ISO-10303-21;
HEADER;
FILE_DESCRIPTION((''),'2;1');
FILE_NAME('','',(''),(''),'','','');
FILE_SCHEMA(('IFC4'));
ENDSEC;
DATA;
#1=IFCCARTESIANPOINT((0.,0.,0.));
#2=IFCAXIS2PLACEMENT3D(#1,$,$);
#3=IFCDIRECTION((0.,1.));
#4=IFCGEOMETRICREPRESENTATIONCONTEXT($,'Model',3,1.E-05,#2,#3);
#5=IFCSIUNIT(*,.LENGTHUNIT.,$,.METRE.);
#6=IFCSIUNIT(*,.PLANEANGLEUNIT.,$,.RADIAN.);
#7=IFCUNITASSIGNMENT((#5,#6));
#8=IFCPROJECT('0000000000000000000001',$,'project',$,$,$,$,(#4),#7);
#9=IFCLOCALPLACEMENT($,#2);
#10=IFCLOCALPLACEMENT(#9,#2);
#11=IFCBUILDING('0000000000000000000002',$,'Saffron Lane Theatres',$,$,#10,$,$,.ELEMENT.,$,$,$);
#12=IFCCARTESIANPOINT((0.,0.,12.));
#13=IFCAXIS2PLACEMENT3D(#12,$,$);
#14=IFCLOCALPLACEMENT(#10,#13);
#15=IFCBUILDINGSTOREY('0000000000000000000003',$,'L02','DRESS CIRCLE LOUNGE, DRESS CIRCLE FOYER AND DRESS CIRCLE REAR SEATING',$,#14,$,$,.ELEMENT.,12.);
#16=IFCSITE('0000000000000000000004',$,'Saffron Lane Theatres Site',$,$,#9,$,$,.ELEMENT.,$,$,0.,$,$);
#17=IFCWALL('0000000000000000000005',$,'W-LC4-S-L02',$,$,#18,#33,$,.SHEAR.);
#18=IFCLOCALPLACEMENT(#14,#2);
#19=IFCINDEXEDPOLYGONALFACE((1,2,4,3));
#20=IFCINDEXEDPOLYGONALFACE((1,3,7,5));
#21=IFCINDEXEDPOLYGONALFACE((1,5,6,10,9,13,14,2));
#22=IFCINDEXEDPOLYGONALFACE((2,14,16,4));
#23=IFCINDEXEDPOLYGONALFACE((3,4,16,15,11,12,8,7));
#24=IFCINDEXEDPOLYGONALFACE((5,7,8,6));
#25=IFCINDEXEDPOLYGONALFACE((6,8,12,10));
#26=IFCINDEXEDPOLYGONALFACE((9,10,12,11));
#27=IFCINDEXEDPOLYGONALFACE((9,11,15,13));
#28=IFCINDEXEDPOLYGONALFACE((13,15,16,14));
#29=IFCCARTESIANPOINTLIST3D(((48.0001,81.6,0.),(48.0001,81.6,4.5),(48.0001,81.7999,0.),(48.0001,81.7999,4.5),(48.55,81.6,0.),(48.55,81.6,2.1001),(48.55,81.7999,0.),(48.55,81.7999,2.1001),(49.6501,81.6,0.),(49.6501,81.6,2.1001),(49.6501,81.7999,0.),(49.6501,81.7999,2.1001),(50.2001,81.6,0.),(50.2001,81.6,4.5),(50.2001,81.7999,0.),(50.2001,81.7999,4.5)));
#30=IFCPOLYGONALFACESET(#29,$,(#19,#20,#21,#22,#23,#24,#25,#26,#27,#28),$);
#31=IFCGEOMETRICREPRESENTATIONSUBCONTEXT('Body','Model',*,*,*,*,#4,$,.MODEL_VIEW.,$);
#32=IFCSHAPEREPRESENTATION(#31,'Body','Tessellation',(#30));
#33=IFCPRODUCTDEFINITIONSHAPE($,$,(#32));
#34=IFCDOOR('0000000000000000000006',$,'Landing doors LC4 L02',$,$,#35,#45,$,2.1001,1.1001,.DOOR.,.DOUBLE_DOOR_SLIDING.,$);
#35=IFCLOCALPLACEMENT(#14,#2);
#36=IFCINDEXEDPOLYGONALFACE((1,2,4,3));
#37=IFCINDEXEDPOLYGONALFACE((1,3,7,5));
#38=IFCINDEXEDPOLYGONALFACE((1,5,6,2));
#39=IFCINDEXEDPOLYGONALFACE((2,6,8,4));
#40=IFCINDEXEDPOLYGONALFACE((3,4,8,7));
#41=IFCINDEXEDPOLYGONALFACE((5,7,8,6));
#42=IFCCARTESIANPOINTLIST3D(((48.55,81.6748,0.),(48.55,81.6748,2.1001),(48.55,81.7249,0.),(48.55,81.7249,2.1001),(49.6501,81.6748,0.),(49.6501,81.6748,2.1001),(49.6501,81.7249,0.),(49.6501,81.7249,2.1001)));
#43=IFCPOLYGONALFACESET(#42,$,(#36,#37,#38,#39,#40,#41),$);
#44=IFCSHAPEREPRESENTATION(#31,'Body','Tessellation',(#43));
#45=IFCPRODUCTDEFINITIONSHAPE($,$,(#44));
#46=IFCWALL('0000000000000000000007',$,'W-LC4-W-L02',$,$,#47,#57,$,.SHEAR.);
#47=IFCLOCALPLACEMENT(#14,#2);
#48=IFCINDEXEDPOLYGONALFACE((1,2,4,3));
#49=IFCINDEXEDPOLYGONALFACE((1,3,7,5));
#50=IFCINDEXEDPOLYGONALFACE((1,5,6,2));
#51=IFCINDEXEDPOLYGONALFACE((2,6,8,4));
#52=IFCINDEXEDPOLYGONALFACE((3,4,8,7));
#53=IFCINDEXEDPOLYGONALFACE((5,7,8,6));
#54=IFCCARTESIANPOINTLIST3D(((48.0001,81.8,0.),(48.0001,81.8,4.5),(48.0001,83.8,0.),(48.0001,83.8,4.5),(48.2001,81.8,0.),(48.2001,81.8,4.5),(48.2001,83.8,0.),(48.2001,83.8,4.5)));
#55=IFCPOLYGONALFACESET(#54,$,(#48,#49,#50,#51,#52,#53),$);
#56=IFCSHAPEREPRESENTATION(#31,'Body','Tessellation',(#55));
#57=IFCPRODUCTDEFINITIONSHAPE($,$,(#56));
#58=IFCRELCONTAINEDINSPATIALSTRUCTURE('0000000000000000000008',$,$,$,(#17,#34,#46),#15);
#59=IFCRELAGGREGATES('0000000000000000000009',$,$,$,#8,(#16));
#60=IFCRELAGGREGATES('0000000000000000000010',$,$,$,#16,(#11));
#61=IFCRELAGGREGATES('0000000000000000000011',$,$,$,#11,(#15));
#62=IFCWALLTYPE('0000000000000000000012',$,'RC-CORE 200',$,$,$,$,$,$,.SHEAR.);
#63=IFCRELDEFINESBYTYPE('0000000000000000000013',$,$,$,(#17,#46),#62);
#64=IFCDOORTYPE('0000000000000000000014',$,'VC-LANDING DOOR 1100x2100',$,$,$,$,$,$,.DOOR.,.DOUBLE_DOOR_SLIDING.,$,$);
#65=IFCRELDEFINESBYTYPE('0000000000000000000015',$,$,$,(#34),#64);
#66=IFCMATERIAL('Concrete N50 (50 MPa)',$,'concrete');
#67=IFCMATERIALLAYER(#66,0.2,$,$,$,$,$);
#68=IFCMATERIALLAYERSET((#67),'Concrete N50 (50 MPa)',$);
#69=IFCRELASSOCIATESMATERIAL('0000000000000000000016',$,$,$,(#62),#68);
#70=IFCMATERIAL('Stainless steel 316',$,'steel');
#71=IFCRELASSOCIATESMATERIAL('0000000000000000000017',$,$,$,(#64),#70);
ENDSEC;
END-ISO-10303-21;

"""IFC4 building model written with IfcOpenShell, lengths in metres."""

from ifc_helpers import new_model, si_unit, direction, frame, frame_2d, origin, place, context, subcontext, project, spatial, rectangle, extrude, material, layer, layer_set, type_object, element, fill, save


model = new_model("IFC4")

# Units and contexts
model_context = context("Model", 3, precision=1e-05, world=origin(), true_north=direction((0.0, 1.0)))
body_context = subcontext(model_context, "Body", "Model", "MODEL_VIEW")
ifc_project = project(units=[si_unit("LENGTHUNIT", "METRE"), si_unit("PLANEANGLEUNIT", "RADIAN")], contexts=[model_context])

# Site, building, storey
site_placement = place(None, origin())
site = spatial("IfcSite", under=ifc_project, at=site_placement, Name="Saffron Lane Theatres Site", CompositionType="ELEMENT", RefElevation=0.0)
building_placement = place(site_placement, origin())
building = spatial("IfcBuilding", under=site, at=building_placement, Name="Saffron Lane Theatres", CompositionType="ELEMENT")
storey_placement = place(building_placement, frame((0.0, 0.0, 12.0)))
storey = spatial("IfcBuildingStorey", under=building, at=storey_placement, Name="L02", Description="DRESS CIRCLE LOUNGE, DRESS CIRCLE FOYER AND DRESS CIRCLE REAR SEATING", CompositionType="ELEMENT", Elevation=12.0)

# Shared definitions
ifc_material_1 = material(Name="Concrete N50 (50 MPa)", Category="concrete")
ifc_layer = layer(ifc_material_1, 0.2)
ifc_layer_set = layer_set([ifc_layer], Name="Concrete N50 (50 MPa)")
wall_type = type_object("IfcWallType", Name="RC-CORE 200", PredefinedType="SHEAR", material=ifc_layer_set)

# Wall, opening, door
wall_1_placement = place(storey_placement, frame((48.0, 81.7, 0.0), z_axis=(0.0, 0.0, 1.0), x_axis=(1.0, 0.0, 0.0)))
wall_1 = element("IfcWall", 1, at=wall_1_placement, inside=storey, type_object=wall_type, Name="W-LC4-S-L02", PredefinedType="SHEAR", context=body_context, shape_type="SweptSolid", body=[
    extrude(rectangle(XDim=2.2, YDim=0.2, at=frame_2d((1.1001, 0.0))), origin(), (0.0, 0.0, 1.0), 4.5),
])
opening_placement = place(wall_1_placement, frame((0.55, 0.0, 0.0)))
opening = element("IfcOpeningElement", 2, at=opening_placement, cuts=wall_1, PredefinedType="OPENING", context=body_context, shape_type="SweptSolid", body=[
    extrude(rectangle(XDim=1.1001, YDim=2.1001, at=frame_2d((0.55, 1.05))), frame((0.0, 0.1099, 0.0), z_axis=(0.0, -1.0, 0.0), x_axis=(1.0, 0.0, 0.0)), (0.0, 0.0, 1.0), 0.22),
])
ifc_material_2 = material(Name="Stainless steel 316", Category="steel")
door_type = type_object("IfcDoorType", Name="VC-LANDING DOOR 1100x2100", OperationType="DOUBLE_DOOR_SLIDING", PredefinedType="DOOR", material=ifc_material_2)
door_placement = place(opening_placement, origin())
door = element("IfcDoor", 3, at=door_placement, inside=storey, type_object=door_type, Name="Landing doors LC4 L02", OperationType="DOUBLE_DOOR_SLIDING", OverallHeight=2.1001, OverallWidth=1.1001, PredefinedType="DOOR", context=body_context, shape_type="SweptSolid", body=[
    extrude(rectangle(XDim=1.1001, YDim=2.1001, at=frame_2d((0.55, 1.05))), frame((0.0, 0.0249, 0.0), z_axis=(0.0, -1.0, 0.0), x_axis=(1.0, 0.0, 0.0)), (0.0, 0.0, 1.0), 0.05),
])
fill(opening, door)

# Wall
wall_2_placement = place(storey_placement, frame((48.1001, 81.8, 0.0), z_axis=(0.0, 0.0, 1.0), x_axis=(0.0, 1.0, 0.0)))
element("IfcWall", 4, at=wall_2_placement, inside=storey, type_object=wall_type, Name="W-LC4-W-L02", PredefinedType="SHEAR", context=body_context, shape_type="SweptSolid", body=[
    extrude(rectangle(XDim=2.0, YDim=0.2, at=frame_2d((1.0, 0.0))), origin(), (0.0, 0.0, 1.0), 4.5),
])

save(model, "model.ifc")
